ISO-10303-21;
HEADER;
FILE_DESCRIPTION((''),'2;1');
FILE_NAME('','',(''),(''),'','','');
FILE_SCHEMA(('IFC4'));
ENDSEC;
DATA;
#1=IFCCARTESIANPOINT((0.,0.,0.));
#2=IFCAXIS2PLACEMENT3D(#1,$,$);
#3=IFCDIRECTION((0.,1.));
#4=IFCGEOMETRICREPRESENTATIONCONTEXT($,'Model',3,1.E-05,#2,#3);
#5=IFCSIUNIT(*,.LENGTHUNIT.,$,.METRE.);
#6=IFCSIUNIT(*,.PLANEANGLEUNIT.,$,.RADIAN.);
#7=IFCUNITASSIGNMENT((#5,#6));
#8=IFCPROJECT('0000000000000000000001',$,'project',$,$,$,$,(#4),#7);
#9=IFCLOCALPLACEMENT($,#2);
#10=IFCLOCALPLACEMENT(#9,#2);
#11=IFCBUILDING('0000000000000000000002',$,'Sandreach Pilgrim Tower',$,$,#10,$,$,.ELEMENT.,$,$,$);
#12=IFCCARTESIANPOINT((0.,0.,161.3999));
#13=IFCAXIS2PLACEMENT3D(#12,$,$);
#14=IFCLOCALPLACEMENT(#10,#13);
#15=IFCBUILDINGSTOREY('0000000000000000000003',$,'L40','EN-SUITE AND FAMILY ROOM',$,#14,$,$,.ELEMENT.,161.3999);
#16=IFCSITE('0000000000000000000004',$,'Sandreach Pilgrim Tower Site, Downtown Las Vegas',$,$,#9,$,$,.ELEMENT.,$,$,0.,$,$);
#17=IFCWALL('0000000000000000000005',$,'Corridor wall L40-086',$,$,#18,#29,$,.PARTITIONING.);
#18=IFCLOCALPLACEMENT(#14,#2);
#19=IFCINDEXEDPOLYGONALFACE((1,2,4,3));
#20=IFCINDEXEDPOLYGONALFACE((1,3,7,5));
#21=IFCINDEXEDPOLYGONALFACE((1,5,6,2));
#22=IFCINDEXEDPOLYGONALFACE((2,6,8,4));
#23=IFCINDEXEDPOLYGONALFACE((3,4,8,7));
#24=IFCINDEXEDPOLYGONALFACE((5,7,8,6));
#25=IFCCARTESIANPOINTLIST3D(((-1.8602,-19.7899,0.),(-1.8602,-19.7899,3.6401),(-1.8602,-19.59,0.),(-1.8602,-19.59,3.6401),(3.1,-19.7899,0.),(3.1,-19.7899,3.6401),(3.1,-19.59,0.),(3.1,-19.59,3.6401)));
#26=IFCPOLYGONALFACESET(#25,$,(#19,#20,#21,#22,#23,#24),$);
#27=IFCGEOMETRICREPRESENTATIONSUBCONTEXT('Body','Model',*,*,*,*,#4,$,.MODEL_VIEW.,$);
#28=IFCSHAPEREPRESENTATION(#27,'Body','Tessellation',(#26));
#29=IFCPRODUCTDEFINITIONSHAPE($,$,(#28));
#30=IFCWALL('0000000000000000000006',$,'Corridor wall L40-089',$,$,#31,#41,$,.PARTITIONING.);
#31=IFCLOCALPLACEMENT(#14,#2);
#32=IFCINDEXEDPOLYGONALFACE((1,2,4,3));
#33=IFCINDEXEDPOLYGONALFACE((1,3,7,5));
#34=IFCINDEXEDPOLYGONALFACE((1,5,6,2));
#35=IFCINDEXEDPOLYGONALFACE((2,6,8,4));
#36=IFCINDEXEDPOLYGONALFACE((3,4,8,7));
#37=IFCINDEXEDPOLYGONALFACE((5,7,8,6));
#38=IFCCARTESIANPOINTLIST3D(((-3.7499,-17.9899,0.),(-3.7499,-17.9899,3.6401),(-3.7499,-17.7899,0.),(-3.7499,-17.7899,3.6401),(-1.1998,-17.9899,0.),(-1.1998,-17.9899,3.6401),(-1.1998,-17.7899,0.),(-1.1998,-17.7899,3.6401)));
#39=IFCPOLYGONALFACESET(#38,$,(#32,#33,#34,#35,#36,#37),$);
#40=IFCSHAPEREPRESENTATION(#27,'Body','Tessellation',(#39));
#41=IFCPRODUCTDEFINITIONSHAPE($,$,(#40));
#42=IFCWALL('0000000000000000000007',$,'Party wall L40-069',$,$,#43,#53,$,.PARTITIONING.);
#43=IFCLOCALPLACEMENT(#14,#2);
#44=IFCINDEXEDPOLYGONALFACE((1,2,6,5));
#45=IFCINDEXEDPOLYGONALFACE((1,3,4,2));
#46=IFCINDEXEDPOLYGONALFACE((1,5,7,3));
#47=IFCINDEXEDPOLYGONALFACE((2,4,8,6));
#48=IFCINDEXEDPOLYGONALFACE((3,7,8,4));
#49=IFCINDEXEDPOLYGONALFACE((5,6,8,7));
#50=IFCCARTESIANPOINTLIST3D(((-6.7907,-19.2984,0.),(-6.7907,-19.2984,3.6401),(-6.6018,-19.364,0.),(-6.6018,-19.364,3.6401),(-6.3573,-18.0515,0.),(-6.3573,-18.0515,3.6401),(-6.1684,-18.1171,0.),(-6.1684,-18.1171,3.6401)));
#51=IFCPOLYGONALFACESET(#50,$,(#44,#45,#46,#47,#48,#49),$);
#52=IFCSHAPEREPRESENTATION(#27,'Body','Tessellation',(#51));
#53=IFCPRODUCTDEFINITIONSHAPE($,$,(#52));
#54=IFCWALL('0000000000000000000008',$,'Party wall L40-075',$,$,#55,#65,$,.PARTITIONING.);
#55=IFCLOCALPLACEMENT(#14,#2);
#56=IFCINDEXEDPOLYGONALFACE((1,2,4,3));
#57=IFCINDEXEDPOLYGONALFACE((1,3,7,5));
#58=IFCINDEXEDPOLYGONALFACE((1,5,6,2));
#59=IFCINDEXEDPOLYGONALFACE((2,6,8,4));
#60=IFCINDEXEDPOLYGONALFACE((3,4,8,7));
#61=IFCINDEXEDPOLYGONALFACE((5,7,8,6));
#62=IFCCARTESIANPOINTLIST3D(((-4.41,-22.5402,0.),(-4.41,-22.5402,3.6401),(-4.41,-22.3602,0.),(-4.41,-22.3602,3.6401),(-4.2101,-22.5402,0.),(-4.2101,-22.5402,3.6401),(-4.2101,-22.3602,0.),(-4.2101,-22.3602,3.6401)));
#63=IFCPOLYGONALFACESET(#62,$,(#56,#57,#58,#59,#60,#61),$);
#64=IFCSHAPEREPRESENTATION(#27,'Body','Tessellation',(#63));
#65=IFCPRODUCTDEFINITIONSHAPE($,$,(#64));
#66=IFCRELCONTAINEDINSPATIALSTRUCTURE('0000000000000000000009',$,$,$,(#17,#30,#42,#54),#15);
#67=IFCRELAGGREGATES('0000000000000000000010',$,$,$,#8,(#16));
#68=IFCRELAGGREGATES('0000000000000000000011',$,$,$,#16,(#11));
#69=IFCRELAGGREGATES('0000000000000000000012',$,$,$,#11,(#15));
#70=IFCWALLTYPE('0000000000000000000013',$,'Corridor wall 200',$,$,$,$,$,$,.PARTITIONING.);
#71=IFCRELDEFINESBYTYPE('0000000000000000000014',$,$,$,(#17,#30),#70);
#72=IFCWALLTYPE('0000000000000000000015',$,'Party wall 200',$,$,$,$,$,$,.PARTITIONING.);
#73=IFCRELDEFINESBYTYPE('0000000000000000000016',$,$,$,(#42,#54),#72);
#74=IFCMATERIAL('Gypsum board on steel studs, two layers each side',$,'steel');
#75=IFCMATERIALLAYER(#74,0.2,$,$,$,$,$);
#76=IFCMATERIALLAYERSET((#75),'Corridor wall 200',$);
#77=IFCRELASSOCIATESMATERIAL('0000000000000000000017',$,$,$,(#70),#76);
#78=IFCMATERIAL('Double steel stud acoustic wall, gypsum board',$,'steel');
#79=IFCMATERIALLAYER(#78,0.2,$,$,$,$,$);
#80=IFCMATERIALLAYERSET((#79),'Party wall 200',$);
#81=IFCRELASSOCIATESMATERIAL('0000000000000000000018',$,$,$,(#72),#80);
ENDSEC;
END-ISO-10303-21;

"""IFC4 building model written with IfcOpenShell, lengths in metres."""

from ifc_helpers import new_model, si_unit, direction, frame, frame_2d, origin, place, context, subcontext, project, spatial, rectangle, extrude, material, layer, layer_set, type_object, element, save


model = new_model("IFC4")

# Units and contexts
model_context = context("Model", 3, precision=1e-05, world=origin(), true_north=direction((0.0, 1.0)))
body_context = subcontext(model_context, "Body", "Model", "MODEL_VIEW")
ifc_project = project(units=[si_unit("LENGTHUNIT", "METRE"), si_unit("PLANEANGLEUNIT", "RADIAN")], contexts=[model_context])

# Site, building, storey
site_placement = place(None, origin())
site = spatial("IfcSite", under=ifc_project, at=site_placement, Name="Sandreach Pilgrim Tower Site, Downtown Las Vegas", CompositionType="ELEMENT", RefElevation=0.0)
building_placement = place(site_placement, origin())
building = spatial("IfcBuilding", under=site, at=building_placement, Name="Sandreach Pilgrim Tower", CompositionType="ELEMENT")
storey_placement = place(building_placement, frame((0.0, 0.0, 161.3999)))
storey = spatial("IfcBuildingStorey", under=building, at=storey_placement, Name="L40", Description="EN-SUITE AND FAMILY ROOM", CompositionType="ELEMENT", Elevation=161.3999)

# Shared definitions
ifc_material_1 = material(Name="Gypsum board on steel studs, two layers each side", Category="steel")
ifc_layer_1 = layer(ifc_material_1, 0.2)
ifc_layer_set_1 = layer_set([ifc_layer_1], Name="Corridor wall 200")
wall_type_1 = type_object("IfcWallType", Name="Corridor wall 200", PredefinedType="PARTITIONING", material=ifc_layer_set_1)

# Walls
wall_1_placement = place(storey_placement, frame((-1.8601, -19.6899, 0.0), z_axis=(0.0, 0.0, 1.0), x_axis=(1.0, 0.0, 0.0)))
element("IfcWall", 1, at=wall_1_placement, inside=storey, type_object=wall_type_1, Name="Corridor wall L40-086", PredefinedType="PARTITIONING", context=body_context, shape_type="SweptSolid", body=[
    extrude(rectangle(XDim=4.9602, YDim=0.2, at=frame_2d((2.48, 0.0))), origin(), (0.0, 0.0, 1.0), 3.6401),
])
wall_2_placement = place(storey_placement, frame((-1.2, -17.8899, 0.0), z_axis=(0.0, 0.0, 1.0), x_axis=(-1.0, 0.0, 0.0)))
element("IfcWall", 2, at=wall_2_placement, inside=storey, type_object=wall_type_1, Name="Corridor wall L40-089", PredefinedType="PARTITIONING", context=body_context, shape_type="SweptSolid", body=[
    extrude(rectangle(XDim=2.55, YDim=0.2, at=frame_2d((1.2749, 0.0))), origin(), (0.0, 0.0, 1.0), 3.6401),
])
ifc_material_2 = material(Name="Double steel stud acoustic wall, gypsum board", Category="steel")
ifc_layer_2 = layer(ifc_material_2, 0.2)
ifc_layer_set_2 = layer_set([ifc_layer_2], Name="Party wall 200")
wall_type_2 = type_object("IfcWallType", Name="Party wall 200", PredefinedType="PARTITIONING", material=ifc_layer_set_2)
wall_3_placement = place(storey_placement, frame((-6.6963, -19.3313, 0.0), z_axis=(0.0, 0.0, 1.0), x_axis=(0.328298, 0.944574, 0.0)))
element("IfcWall", 3, at=wall_3_placement, inside=storey, type_object=wall_type_2, Name="Party wall L40-069", PredefinedType="PARTITIONING", context=body_context, shape_type="SweptSolid", body=[
    extrude(rectangle(XDim=1.3201, YDim=0.2, at=frame_2d((0.6602, 0.0))), origin(), (0.0, 0.0, 1.0), 3.6401),
])
wall_4_placement = place(storey_placement, frame((-4.3101, -22.54, 0.0), z_axis=(0.0, 0.0, 1.0), x_axis=(0.0, 1.0, 0.0)))
element("IfcWall", 4, at=wall_4_placement, inside=storey, type_object=wall_type_2, Name="Party wall L40-075", PredefinedType="PARTITIONING", context=body_context, shape_type="SweptSolid", body=[
    extrude(rectangle(XDim=0.1799, YDim=0.2, at=frame_2d((0.0898, 0.0))), origin(), (0.0, 0.0, 1.0), 3.6401),
])

save(model, "model.ifc")
